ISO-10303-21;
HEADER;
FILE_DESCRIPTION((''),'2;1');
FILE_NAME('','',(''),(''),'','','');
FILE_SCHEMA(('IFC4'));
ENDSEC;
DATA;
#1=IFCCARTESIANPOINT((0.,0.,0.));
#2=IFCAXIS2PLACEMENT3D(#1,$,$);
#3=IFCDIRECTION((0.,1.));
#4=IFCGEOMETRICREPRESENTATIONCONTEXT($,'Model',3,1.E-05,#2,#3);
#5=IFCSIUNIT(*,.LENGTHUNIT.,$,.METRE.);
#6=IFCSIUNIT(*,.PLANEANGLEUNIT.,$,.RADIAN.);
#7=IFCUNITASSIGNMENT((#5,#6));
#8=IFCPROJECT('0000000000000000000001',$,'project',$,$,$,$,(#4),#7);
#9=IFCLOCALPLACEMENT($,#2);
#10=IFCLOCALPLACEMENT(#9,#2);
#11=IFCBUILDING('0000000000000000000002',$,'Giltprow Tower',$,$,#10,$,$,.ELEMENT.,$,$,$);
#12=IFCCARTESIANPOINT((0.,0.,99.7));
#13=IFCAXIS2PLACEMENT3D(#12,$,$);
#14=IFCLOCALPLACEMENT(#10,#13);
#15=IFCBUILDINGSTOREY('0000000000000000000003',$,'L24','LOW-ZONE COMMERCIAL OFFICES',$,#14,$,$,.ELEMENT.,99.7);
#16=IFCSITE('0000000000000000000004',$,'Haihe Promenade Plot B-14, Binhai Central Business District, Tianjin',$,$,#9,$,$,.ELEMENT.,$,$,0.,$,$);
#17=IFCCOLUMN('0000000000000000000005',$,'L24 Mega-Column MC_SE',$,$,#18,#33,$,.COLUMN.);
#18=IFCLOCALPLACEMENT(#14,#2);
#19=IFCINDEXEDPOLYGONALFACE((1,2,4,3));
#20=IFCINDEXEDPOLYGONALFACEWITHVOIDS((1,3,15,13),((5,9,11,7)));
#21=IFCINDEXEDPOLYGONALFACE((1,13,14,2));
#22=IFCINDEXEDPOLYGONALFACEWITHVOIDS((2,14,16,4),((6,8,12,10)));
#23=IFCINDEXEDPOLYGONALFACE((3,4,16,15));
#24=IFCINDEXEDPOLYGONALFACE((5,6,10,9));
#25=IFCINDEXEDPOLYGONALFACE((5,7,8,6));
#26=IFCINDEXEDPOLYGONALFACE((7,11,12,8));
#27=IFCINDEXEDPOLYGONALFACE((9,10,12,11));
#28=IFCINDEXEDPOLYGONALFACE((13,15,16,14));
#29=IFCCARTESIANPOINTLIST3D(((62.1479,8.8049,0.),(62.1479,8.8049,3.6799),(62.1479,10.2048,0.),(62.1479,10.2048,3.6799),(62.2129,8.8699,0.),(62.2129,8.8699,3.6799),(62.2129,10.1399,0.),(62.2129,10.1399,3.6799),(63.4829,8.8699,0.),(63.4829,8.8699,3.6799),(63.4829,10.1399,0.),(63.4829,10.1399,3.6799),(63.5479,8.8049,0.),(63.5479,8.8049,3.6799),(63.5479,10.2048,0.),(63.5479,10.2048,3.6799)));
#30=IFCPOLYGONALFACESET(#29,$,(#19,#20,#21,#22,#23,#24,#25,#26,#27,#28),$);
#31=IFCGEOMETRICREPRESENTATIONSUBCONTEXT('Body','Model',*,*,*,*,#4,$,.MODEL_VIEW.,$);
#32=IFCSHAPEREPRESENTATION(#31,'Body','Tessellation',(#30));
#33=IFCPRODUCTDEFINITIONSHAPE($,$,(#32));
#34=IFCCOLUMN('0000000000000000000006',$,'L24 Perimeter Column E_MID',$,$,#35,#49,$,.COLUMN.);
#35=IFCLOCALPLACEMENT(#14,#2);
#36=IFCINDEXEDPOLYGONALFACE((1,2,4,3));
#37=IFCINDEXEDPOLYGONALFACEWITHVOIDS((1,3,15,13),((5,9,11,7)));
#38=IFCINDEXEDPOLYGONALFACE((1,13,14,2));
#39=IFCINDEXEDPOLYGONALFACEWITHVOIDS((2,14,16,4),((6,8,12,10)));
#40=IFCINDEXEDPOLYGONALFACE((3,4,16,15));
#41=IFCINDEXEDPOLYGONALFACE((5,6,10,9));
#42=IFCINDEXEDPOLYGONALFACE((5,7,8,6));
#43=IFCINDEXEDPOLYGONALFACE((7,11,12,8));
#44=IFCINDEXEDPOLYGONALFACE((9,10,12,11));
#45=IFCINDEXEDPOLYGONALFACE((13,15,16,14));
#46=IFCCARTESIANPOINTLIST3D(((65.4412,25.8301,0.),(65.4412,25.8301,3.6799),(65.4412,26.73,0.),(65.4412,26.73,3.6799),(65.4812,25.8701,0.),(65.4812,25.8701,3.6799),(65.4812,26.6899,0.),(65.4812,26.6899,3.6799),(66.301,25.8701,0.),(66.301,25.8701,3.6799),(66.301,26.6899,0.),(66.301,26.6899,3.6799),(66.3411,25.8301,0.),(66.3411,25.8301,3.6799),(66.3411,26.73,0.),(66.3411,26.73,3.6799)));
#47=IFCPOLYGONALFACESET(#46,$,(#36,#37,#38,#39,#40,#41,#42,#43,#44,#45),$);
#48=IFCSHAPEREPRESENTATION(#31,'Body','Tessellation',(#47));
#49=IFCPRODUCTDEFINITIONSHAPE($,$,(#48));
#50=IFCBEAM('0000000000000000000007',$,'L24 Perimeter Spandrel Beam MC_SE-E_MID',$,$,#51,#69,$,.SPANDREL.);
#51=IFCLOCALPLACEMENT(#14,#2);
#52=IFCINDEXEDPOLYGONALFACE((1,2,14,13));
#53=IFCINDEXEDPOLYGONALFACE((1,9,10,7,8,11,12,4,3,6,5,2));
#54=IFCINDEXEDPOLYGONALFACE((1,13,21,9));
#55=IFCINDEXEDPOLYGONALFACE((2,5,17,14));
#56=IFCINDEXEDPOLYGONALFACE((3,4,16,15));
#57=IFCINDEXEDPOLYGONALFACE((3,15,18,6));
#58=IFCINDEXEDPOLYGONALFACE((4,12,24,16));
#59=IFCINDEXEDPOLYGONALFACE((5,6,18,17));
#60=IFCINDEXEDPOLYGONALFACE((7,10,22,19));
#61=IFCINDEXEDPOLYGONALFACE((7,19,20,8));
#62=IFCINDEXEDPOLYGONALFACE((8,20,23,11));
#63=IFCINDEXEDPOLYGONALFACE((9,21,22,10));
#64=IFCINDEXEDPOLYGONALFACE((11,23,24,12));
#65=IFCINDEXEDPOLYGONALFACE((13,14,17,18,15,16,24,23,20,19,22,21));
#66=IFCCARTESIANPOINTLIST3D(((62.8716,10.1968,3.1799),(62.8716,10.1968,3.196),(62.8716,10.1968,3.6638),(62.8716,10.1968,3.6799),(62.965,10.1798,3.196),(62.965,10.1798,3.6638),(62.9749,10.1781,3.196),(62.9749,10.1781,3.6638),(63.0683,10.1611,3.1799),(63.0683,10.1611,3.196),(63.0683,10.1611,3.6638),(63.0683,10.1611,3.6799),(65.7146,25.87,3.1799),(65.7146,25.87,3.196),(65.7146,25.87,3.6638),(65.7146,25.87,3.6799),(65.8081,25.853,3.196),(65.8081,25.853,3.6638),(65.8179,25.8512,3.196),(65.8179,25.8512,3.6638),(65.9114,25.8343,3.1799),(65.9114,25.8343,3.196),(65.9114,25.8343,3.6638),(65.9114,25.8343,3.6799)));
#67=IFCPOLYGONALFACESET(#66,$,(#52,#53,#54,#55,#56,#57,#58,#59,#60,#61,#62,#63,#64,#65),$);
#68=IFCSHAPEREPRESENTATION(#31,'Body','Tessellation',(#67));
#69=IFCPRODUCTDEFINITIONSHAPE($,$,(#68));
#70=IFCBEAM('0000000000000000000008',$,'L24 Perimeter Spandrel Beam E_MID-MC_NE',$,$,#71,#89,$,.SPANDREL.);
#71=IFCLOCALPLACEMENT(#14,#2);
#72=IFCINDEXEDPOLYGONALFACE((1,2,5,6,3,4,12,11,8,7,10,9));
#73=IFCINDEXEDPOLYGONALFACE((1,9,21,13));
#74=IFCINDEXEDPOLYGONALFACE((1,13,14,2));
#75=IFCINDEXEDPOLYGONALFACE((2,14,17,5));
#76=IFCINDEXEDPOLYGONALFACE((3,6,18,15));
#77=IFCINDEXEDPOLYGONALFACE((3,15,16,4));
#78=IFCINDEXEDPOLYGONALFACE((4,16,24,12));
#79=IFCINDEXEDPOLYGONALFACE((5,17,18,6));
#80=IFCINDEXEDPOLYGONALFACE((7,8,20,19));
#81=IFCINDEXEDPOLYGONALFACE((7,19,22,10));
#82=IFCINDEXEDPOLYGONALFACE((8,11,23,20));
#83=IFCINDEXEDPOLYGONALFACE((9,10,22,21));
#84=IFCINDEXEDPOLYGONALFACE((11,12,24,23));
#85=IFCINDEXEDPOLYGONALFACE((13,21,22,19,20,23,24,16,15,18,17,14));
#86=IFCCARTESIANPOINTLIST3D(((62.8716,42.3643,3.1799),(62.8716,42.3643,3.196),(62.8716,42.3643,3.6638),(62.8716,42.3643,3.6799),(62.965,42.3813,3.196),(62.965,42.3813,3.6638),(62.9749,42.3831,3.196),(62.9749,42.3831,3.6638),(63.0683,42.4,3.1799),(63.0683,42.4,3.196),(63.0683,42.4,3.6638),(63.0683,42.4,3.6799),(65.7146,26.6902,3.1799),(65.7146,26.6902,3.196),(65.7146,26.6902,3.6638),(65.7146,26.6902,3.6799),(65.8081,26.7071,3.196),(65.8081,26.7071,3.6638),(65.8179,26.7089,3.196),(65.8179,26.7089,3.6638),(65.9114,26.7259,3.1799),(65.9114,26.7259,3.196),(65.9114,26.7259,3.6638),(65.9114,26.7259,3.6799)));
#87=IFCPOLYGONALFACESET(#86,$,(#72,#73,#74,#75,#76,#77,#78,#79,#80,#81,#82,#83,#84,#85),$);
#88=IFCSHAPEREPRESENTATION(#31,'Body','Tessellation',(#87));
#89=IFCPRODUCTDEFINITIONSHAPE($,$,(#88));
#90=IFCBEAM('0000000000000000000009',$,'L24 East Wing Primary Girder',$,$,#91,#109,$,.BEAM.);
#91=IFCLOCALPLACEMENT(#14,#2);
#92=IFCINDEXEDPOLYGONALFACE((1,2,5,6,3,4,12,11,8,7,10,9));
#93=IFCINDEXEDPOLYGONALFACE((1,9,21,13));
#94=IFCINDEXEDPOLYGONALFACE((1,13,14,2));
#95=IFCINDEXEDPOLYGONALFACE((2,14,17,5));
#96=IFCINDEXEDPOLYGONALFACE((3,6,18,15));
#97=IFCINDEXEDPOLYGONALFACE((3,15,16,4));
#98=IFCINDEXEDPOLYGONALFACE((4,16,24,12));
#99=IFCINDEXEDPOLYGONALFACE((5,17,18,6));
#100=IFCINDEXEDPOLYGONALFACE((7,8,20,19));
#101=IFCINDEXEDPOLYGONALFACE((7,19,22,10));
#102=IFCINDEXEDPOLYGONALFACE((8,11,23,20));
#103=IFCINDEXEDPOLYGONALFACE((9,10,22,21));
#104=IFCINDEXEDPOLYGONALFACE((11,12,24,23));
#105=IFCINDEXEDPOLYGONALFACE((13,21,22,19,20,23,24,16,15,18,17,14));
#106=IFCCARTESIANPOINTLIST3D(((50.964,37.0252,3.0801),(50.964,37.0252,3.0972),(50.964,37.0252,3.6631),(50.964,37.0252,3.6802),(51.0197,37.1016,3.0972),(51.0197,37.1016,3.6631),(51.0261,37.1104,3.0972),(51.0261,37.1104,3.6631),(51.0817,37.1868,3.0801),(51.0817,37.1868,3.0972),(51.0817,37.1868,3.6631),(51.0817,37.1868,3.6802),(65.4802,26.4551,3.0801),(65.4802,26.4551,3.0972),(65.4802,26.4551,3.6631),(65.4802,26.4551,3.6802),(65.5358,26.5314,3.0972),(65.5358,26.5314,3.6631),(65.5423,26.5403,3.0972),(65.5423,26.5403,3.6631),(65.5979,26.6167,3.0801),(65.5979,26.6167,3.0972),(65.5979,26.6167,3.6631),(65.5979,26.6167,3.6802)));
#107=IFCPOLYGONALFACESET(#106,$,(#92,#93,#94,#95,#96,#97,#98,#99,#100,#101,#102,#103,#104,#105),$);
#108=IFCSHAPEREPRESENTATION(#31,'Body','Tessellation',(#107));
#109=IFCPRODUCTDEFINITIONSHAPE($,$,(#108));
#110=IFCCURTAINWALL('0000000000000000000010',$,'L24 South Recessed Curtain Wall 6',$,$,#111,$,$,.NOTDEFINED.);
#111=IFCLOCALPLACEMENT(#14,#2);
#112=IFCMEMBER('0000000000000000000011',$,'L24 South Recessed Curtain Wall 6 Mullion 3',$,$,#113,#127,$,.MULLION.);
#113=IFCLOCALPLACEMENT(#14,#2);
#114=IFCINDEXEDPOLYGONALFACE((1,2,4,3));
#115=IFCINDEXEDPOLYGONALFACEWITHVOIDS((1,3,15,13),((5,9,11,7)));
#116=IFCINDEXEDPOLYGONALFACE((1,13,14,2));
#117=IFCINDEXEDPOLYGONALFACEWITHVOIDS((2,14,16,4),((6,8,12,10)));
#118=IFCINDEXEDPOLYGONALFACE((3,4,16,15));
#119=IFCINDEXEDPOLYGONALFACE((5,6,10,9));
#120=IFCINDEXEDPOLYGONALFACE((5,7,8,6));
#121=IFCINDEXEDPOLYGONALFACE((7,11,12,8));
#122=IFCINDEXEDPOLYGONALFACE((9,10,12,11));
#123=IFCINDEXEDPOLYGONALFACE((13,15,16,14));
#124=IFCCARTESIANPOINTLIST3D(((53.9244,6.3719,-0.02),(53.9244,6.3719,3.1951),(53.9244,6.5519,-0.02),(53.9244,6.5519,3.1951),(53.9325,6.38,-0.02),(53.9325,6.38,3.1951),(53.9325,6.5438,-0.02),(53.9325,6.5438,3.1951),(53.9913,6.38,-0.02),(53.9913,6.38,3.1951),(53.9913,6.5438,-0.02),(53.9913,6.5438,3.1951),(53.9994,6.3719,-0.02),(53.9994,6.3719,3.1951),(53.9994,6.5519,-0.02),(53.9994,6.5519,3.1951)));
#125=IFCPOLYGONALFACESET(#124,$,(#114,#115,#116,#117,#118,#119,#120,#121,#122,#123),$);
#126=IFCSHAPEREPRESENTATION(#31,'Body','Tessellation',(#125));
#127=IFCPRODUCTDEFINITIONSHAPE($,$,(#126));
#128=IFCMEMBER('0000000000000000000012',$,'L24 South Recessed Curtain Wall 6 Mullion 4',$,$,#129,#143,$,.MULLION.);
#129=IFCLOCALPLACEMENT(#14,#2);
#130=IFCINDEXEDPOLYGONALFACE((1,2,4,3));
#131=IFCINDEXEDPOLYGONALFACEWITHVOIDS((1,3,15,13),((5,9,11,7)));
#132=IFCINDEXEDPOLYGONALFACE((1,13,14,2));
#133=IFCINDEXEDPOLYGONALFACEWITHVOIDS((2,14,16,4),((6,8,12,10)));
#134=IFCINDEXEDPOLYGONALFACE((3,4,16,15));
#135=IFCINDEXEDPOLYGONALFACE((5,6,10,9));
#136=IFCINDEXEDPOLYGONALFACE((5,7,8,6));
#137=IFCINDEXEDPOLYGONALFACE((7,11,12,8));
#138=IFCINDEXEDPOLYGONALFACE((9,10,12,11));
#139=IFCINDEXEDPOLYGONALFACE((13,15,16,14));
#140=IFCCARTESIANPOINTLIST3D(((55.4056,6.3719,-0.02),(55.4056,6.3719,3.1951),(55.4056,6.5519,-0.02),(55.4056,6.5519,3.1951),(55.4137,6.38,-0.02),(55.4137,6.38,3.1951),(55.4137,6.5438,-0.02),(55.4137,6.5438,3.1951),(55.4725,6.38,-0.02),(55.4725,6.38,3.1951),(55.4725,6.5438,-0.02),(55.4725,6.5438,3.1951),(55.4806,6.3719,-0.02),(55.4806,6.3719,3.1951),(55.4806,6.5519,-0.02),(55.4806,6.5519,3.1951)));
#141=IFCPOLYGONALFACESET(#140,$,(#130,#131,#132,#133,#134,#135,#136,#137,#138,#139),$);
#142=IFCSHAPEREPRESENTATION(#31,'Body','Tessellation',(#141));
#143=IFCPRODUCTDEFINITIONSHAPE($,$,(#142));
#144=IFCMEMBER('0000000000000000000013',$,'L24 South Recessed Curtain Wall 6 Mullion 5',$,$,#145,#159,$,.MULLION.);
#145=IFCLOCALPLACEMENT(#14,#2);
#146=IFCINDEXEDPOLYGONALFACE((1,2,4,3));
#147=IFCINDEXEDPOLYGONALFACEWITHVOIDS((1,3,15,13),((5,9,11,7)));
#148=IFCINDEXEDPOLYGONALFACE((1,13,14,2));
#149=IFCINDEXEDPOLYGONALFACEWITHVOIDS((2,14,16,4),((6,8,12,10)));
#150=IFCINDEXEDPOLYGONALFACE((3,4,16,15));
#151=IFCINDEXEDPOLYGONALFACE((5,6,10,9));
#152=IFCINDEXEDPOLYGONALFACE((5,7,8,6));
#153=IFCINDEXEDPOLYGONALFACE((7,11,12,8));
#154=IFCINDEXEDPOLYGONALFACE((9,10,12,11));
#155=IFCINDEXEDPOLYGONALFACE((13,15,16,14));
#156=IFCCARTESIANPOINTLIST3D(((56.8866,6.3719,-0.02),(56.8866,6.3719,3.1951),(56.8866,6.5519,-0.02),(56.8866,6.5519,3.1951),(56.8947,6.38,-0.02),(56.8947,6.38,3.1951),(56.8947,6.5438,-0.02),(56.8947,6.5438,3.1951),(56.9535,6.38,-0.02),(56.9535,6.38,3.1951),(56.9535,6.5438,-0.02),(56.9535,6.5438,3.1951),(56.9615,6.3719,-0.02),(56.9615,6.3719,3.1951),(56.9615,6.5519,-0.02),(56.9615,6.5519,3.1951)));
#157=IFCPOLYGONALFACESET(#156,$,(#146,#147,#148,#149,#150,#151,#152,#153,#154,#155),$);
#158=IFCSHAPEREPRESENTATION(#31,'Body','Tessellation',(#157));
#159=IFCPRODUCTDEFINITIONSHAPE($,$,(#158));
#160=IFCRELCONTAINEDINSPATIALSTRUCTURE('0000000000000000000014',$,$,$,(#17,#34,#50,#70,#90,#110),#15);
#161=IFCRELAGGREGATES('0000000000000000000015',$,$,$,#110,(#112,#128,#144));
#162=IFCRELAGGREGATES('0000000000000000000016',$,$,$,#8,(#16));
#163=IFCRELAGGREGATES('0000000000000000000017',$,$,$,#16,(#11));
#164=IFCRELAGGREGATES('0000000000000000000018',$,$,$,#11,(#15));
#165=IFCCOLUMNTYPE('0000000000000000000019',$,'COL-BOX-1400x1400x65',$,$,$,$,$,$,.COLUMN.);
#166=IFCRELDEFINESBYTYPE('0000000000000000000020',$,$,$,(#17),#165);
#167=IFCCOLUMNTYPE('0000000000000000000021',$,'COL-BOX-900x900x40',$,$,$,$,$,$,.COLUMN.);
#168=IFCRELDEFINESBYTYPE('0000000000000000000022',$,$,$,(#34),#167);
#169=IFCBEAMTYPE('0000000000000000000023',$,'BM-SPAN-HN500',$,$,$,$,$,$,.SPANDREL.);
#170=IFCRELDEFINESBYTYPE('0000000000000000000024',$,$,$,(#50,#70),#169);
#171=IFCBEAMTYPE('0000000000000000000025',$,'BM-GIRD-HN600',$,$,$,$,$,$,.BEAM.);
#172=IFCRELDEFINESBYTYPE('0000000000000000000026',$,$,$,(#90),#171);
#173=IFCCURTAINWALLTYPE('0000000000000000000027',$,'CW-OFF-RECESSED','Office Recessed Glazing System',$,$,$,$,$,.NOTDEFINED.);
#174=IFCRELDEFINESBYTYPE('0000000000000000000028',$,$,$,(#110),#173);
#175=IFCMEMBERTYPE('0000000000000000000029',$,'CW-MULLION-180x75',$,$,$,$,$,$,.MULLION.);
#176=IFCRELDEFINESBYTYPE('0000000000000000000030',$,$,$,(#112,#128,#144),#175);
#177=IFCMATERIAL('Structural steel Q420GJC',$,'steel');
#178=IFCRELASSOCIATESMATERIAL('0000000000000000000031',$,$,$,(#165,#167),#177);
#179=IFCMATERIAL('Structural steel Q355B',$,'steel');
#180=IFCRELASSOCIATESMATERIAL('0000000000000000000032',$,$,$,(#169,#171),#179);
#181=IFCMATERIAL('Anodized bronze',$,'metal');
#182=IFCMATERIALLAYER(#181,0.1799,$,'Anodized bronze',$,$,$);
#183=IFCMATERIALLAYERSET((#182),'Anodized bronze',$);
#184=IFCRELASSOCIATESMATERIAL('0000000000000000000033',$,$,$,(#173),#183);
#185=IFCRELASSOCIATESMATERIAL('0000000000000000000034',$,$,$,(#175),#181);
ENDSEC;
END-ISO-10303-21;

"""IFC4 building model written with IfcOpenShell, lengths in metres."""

from ifc_helpers import new_model, si_unit, direction, frame, origin, origin_2d, place, context, subcontext, project, spatial, hollow_rectangle, i_section, extrude, source, transform, mapped, material, layer, layer_set, material_profile, profile_set, type_object, element, aggregate, save


model = new_model("IFC4")

# Units and contexts
model_context = context("Model", 3, precision=1e-05, world=origin(), true_north=direction((0.0, 1.0)))
body_context = subcontext(model_context, "Body", "Model", "MODEL_VIEW")
ifc_project = project(units=[si_unit("LENGTHUNIT", "METRE"), si_unit("PLANEANGLEUNIT", "RADIAN")], contexts=[model_context])

# Site, building, storey
site_placement = place(None, origin())
site = spatial("IfcSite", under=ifc_project, at=site_placement, Name="Haihe Promenade Plot B-14, Binhai Central Business District, Tianjin", CompositionType="ELEMENT", RefElevation=0.0)
building_placement = place(site_placement, origin())
building = spatial("IfcBuilding", under=site, at=building_placement, Name="Giltprow Tower", CompositionType="ELEMENT")
storey_placement = place(building_placement, frame((0.0, 0.0, 99.7)))
storey = spatial("IfcBuildingStorey", under=building, at=storey_placement, Name="L24", Description="LOW-ZONE COMMERCIAL OFFICES", CompositionType="ELEMENT", Elevation=99.7)

# Columns
ifc_material_1 = material(Name="Structural steel Q420GJC", Category="steel")
ifc_material_profile_1 = material_profile(ifc_material_1, hollow_rectangle(XDim=1.3999, YDim=1.3999, WallThickness=0.0649, at=origin_2d()), Name="BOX 1400x1400x65")
ifc_profile_set_1 = profile_set([ifc_material_profile_1], Name="Structural steel Q420GJC")
column_type_1 = type_object("IfcColumnType", Name="COL-BOX-1400x1400x65", PredefinedType="COLUMN", material=ifc_profile_set_1)
shared_shape_1 = source(origin(), body_context, "Body", "SweptSolid", [
    extrude(hollow_rectangle(XDim=1.3999, YDim=1.3999, WallThickness=0.0649, at=origin_2d()), origin(), (0.0, 0.0, 1.0), 3.6799),
])
column_1_placement = place(storey_placement, frame((62.8479, 9.5049, 0.0), z_axis=(0.0, 0.0, 1.0), x_axis=(1.0, 0.0, 0.0)))
element("IfcColumn", 1, at=column_1_placement, inside=storey, type_object=column_type_1, Name="L24 Mega-Column MC_SE", PredefinedType="COLUMN", context=body_context, shape_type="MappedRepresentation", body=[
    mapped(shared_shape_1, transform((0.0, 0.0, 0.0), x_axis=(1.0, 0.0, 0.0), y_axis=(0.0, 1.0, 0.0), z_axis=(0.0, 0.0, 1.0), scale=1.0)),
])
ifc_material_profile_2 = material_profile(ifc_material_1, hollow_rectangle(XDim=0.8999, YDim=0.8999, WallThickness=0.04, at=origin_2d()), Name="BOX 900x900x40")
ifc_profile_set_2 = profile_set([ifc_material_profile_2], Name="Structural steel Q420GJC")
column_type_2 = type_object("IfcColumnType", Name="COL-BOX-900x900x40", PredefinedType="COLUMN", material=ifc_profile_set_2)
shared_shape_2 = source(origin(), body_context, "Body", "SweptSolid", [
    extrude(hollow_rectangle(XDim=0.8999, YDim=0.8999, WallThickness=0.04, at=origin_2d()), origin(), (0.0, 0.0, 1.0), 3.6799),
])
column_2_placement = place(storey_placement, frame((65.8911, 26.28, 0.0), z_axis=(0.0, 0.0, 1.0), x_axis=(1.0, 0.0, 0.0)))
element("IfcColumn", 2, at=column_2_placement, inside=storey, type_object=column_type_2, Name="L24 Perimeter Column E_MID", PredefinedType="COLUMN", context=body_context, shape_type="MappedRepresentation", body=[
    mapped(shared_shape_2, transform((0.0, 0.0, 0.0), x_axis=(1.0, 0.0, 0.0), y_axis=(0.0, 1.0, 0.0), z_axis=(0.0, 0.0, 1.0), scale=1.0)),
])

# Beams
ifc_material_2 = material(Name="Structural steel Q355B", Category="steel")
ifc_material_profile_3 = material_profile(ifc_material_2, i_section(OverallWidth=0.2, OverallDepth=0.5, WebThickness=0.01, FlangeThickness=0.0161, at=origin_2d()), Name="HN 500x200x10x16")
ifc_profile_set_3 = profile_set([ifc_material_profile_3], Name="Structural steel Q355B")
beam_type_1 = type_object("IfcBeamType", Name="BM-SPAN-HN500", PredefinedType="SPANDREL", material=ifc_profile_set_3)
shared_shape_3 = source(origin(), body_context, "Body", "SweptSolid", [
    extrude(i_section(OverallWidth=0.2, OverallDepth=0.5, WebThickness=0.01, FlangeThickness=0.0161, at=origin_2d()), origin(), (0.0, 0.0, 1.0), 15.929),
])
beam_1_placement = place(storey_placement, frame((62.97, 10.179, 3.4299), z_axis=(0.178482, 0.983943, 0.0), x_axis=(-0.983943, 0.178482, 0.0)))
element("IfcBeam", 3, at=beam_1_placement, inside=storey, type_object=beam_type_1, Name="L24 Perimeter Spandrel Beam MC_SE-E_MID", PredefinedType="SPANDREL", context=body_context, shape_type="MappedRepresentation", body=[
    mapped(shared_shape_3, transform((0.0, 0.0, 0.0), x_axis=(1.0, 0.0, 0.0), y_axis=(0.0, 1.0, 0.0), z_axis=(0.0, 0.0, 1.0), scale=1.0)),
])
shared_shape_4 = source(origin(), body_context, "Body", "SweptSolid", [
    extrude(i_section(OverallWidth=0.2, OverallDepth=0.5, WebThickness=0.01, FlangeThickness=0.0161, at=origin_2d()), origin(), (0.0, 0.0, 1.0), 15.9299),
])
beam_2_placement = place(storey_placement, frame((65.813, 26.708, 3.4299), z_axis=(-0.178471, 0.983945, 0.0), x_axis=(-0.983945, -0.178471, 0.0)))
element("IfcBeam", 4, at=beam_2_placement, inside=storey, type_object=beam_type_1, Name="L24 Perimeter Spandrel Beam E_MID-MC_NE", PredefinedType="SPANDREL", context=body_context, shape_type="MappedRepresentation", body=[
    mapped(shared_shape_4, transform((0.0, 0.0, 0.0), x_axis=(1.0, 0.0, 0.0), y_axis=(0.0, 1.0, 0.0), z_axis=(0.0, 0.0, 1.0), scale=1.0)),
])
ifc_material_profile_4 = material_profile(ifc_material_2, i_section(OverallWidth=0.2, OverallDepth=0.6001, WebThickness=0.011, FlangeThickness=0.0171, at=origin_2d()), Name="HN 600x200x11x17")
ifc_profile_set_4 = profile_set([ifc_material_profile_4], Name="Structural steel Q355B")
beam_type_2 = type_object("IfcBeamType", Name="BM-GIRD-HN600", PredefinedType="BEAM", material=ifc_profile_set_4)
shared_shape_5 = source(origin(), body_context, "Body", "SweptSolid", [
    extrude(i_section(OverallWidth=0.2, OverallDepth=0.6001, WebThickness=0.011, FlangeThickness=0.0171, at=origin_2d()), origin(), (0.0, 0.0, 1.0), 17.9568),
])
beam_3_placement = place(storey_placement, frame((65.5391, 26.5359, 3.3801), z_axis=(-0.808394, 0.588641, 0.0), x_axis=(-0.588641, -0.808394, 0.0)))
element("IfcBeam", 5, at=beam_3_placement, inside=storey, type_object=beam_type_2, Name="L24 East Wing Primary Girder", PredefinedType="BEAM", context=body_context, shape_type="MappedRepresentation", body=[
    mapped(shared_shape_5, transform((0.0, 0.0, 0.0), x_axis=(1.0, 0.0, 0.0), y_axis=(0.0, 1.0, 0.0), z_axis=(0.0, 0.0, 1.0), scale=1.0)),
])

# Curtain wall, members
ifc_material_3 = material(Name="Anodized bronze", Category="metal")
ifc_layer_1 = layer(ifc_material_3, 0.1799, Name="Anodized bronze")
ifc_layer_set_1 = layer_set([ifc_layer_1], Name="Anodized bronze")
curtain_wall_type = type_object("IfcCurtainWallType", Name="CW-OFF-RECESSED", Description="Office Recessed Glazing System", PredefinedType="NOTDEFINED", material=ifc_layer_set_1)
curtain_wall_placement = place(storey_placement, origin())
curtain_wall = element("IfcCurtainWall", 6, at=curtain_wall_placement, inside=storey, type_object=curtain_wall_type, Name="L24 South Recessed Curtain Wall 6", PredefinedType="NOTDEFINED")
ifc_material_profile_5 = material_profile(ifc_material_3, hollow_rectangle(XDim=0.075, YDim=0.1799, WallThickness=0.0081, at=origin_2d()), Name="RHS 180x75x8")
ifc_profile_set_5 = profile_set([ifc_material_profile_5], Name="Anodized bronze")
member_type = type_object("IfcMemberType", Name="CW-MULLION-180x75", PredefinedType="MULLION", material=ifc_profile_set_5)
shared_shape_6 = source(origin(), body_context, "Body", "SweptSolid", [
    extrude(hollow_rectangle(XDim=0.075, YDim=0.1799, WallThickness=0.0081, at=origin_2d()), origin(), (0.0, 0.0, 1.0), 3.2151),
])
member_1_placement = place(storey_placement, frame((53.9619, 6.4619, -0.02), z_axis=(0.0, 0.0, 1.0), x_axis=(1.0, 0.0, 0.0)))
member_1 = element("IfcMember", 7, at=member_1_placement, type_object=member_type, Name="L24 South Recessed Curtain Wall 6 Mullion 3", PredefinedType="MULLION", context=body_context, shape_type="MappedRepresentation", body=[
    mapped(shared_shape_6, transform((0.0, 0.0, 0.0), x_axis=(1.0, 0.0, 0.0), y_axis=(0.0, 1.0, 0.0), z_axis=(0.0, 0.0, 1.0), scale=1.0)),
])
member_2_placement = place(storey_placement, frame((55.4431, 6.4619, -0.02), z_axis=(0.0, 0.0, 1.0), x_axis=(1.0, 0.0, 0.0)))
member_2 = element("IfcMember", 8, at=member_2_placement, type_object=member_type, Name="L24 South Recessed Curtain Wall 6 Mullion 4", PredefinedType="MULLION", context=body_context, shape_type="MappedRepresentation", body=[
    mapped(shared_shape_6, transform((0.0, 0.0, 0.0), x_axis=(1.0, 0.0, 0.0), y_axis=(0.0, 1.0, 0.0), z_axis=(0.0, 0.0, 1.0), scale=1.0)),
])
member_3_placement = place(storey_placement, frame((56.9241, 6.4619, -0.02), z_axis=(0.0, 0.0, 1.0), x_axis=(1.0, 0.0, 0.0)))
member_3 = element("IfcMember", 9, at=member_3_placement, type_object=member_type, Name="L24 South Recessed Curtain Wall 6 Mullion 5", PredefinedType="MULLION", context=body_context, shape_type="MappedRepresentation", body=[
    mapped(shared_shape_6, transform((0.0, 0.0, 0.0), x_axis=(1.0, 0.0, 0.0), y_axis=(0.0, 1.0, 0.0), z_axis=(0.0, 0.0, 1.0), scale=1.0)),
])
aggregate(curtain_wall, [member_1, member_2, member_3])

save(model, "model.ifc")
